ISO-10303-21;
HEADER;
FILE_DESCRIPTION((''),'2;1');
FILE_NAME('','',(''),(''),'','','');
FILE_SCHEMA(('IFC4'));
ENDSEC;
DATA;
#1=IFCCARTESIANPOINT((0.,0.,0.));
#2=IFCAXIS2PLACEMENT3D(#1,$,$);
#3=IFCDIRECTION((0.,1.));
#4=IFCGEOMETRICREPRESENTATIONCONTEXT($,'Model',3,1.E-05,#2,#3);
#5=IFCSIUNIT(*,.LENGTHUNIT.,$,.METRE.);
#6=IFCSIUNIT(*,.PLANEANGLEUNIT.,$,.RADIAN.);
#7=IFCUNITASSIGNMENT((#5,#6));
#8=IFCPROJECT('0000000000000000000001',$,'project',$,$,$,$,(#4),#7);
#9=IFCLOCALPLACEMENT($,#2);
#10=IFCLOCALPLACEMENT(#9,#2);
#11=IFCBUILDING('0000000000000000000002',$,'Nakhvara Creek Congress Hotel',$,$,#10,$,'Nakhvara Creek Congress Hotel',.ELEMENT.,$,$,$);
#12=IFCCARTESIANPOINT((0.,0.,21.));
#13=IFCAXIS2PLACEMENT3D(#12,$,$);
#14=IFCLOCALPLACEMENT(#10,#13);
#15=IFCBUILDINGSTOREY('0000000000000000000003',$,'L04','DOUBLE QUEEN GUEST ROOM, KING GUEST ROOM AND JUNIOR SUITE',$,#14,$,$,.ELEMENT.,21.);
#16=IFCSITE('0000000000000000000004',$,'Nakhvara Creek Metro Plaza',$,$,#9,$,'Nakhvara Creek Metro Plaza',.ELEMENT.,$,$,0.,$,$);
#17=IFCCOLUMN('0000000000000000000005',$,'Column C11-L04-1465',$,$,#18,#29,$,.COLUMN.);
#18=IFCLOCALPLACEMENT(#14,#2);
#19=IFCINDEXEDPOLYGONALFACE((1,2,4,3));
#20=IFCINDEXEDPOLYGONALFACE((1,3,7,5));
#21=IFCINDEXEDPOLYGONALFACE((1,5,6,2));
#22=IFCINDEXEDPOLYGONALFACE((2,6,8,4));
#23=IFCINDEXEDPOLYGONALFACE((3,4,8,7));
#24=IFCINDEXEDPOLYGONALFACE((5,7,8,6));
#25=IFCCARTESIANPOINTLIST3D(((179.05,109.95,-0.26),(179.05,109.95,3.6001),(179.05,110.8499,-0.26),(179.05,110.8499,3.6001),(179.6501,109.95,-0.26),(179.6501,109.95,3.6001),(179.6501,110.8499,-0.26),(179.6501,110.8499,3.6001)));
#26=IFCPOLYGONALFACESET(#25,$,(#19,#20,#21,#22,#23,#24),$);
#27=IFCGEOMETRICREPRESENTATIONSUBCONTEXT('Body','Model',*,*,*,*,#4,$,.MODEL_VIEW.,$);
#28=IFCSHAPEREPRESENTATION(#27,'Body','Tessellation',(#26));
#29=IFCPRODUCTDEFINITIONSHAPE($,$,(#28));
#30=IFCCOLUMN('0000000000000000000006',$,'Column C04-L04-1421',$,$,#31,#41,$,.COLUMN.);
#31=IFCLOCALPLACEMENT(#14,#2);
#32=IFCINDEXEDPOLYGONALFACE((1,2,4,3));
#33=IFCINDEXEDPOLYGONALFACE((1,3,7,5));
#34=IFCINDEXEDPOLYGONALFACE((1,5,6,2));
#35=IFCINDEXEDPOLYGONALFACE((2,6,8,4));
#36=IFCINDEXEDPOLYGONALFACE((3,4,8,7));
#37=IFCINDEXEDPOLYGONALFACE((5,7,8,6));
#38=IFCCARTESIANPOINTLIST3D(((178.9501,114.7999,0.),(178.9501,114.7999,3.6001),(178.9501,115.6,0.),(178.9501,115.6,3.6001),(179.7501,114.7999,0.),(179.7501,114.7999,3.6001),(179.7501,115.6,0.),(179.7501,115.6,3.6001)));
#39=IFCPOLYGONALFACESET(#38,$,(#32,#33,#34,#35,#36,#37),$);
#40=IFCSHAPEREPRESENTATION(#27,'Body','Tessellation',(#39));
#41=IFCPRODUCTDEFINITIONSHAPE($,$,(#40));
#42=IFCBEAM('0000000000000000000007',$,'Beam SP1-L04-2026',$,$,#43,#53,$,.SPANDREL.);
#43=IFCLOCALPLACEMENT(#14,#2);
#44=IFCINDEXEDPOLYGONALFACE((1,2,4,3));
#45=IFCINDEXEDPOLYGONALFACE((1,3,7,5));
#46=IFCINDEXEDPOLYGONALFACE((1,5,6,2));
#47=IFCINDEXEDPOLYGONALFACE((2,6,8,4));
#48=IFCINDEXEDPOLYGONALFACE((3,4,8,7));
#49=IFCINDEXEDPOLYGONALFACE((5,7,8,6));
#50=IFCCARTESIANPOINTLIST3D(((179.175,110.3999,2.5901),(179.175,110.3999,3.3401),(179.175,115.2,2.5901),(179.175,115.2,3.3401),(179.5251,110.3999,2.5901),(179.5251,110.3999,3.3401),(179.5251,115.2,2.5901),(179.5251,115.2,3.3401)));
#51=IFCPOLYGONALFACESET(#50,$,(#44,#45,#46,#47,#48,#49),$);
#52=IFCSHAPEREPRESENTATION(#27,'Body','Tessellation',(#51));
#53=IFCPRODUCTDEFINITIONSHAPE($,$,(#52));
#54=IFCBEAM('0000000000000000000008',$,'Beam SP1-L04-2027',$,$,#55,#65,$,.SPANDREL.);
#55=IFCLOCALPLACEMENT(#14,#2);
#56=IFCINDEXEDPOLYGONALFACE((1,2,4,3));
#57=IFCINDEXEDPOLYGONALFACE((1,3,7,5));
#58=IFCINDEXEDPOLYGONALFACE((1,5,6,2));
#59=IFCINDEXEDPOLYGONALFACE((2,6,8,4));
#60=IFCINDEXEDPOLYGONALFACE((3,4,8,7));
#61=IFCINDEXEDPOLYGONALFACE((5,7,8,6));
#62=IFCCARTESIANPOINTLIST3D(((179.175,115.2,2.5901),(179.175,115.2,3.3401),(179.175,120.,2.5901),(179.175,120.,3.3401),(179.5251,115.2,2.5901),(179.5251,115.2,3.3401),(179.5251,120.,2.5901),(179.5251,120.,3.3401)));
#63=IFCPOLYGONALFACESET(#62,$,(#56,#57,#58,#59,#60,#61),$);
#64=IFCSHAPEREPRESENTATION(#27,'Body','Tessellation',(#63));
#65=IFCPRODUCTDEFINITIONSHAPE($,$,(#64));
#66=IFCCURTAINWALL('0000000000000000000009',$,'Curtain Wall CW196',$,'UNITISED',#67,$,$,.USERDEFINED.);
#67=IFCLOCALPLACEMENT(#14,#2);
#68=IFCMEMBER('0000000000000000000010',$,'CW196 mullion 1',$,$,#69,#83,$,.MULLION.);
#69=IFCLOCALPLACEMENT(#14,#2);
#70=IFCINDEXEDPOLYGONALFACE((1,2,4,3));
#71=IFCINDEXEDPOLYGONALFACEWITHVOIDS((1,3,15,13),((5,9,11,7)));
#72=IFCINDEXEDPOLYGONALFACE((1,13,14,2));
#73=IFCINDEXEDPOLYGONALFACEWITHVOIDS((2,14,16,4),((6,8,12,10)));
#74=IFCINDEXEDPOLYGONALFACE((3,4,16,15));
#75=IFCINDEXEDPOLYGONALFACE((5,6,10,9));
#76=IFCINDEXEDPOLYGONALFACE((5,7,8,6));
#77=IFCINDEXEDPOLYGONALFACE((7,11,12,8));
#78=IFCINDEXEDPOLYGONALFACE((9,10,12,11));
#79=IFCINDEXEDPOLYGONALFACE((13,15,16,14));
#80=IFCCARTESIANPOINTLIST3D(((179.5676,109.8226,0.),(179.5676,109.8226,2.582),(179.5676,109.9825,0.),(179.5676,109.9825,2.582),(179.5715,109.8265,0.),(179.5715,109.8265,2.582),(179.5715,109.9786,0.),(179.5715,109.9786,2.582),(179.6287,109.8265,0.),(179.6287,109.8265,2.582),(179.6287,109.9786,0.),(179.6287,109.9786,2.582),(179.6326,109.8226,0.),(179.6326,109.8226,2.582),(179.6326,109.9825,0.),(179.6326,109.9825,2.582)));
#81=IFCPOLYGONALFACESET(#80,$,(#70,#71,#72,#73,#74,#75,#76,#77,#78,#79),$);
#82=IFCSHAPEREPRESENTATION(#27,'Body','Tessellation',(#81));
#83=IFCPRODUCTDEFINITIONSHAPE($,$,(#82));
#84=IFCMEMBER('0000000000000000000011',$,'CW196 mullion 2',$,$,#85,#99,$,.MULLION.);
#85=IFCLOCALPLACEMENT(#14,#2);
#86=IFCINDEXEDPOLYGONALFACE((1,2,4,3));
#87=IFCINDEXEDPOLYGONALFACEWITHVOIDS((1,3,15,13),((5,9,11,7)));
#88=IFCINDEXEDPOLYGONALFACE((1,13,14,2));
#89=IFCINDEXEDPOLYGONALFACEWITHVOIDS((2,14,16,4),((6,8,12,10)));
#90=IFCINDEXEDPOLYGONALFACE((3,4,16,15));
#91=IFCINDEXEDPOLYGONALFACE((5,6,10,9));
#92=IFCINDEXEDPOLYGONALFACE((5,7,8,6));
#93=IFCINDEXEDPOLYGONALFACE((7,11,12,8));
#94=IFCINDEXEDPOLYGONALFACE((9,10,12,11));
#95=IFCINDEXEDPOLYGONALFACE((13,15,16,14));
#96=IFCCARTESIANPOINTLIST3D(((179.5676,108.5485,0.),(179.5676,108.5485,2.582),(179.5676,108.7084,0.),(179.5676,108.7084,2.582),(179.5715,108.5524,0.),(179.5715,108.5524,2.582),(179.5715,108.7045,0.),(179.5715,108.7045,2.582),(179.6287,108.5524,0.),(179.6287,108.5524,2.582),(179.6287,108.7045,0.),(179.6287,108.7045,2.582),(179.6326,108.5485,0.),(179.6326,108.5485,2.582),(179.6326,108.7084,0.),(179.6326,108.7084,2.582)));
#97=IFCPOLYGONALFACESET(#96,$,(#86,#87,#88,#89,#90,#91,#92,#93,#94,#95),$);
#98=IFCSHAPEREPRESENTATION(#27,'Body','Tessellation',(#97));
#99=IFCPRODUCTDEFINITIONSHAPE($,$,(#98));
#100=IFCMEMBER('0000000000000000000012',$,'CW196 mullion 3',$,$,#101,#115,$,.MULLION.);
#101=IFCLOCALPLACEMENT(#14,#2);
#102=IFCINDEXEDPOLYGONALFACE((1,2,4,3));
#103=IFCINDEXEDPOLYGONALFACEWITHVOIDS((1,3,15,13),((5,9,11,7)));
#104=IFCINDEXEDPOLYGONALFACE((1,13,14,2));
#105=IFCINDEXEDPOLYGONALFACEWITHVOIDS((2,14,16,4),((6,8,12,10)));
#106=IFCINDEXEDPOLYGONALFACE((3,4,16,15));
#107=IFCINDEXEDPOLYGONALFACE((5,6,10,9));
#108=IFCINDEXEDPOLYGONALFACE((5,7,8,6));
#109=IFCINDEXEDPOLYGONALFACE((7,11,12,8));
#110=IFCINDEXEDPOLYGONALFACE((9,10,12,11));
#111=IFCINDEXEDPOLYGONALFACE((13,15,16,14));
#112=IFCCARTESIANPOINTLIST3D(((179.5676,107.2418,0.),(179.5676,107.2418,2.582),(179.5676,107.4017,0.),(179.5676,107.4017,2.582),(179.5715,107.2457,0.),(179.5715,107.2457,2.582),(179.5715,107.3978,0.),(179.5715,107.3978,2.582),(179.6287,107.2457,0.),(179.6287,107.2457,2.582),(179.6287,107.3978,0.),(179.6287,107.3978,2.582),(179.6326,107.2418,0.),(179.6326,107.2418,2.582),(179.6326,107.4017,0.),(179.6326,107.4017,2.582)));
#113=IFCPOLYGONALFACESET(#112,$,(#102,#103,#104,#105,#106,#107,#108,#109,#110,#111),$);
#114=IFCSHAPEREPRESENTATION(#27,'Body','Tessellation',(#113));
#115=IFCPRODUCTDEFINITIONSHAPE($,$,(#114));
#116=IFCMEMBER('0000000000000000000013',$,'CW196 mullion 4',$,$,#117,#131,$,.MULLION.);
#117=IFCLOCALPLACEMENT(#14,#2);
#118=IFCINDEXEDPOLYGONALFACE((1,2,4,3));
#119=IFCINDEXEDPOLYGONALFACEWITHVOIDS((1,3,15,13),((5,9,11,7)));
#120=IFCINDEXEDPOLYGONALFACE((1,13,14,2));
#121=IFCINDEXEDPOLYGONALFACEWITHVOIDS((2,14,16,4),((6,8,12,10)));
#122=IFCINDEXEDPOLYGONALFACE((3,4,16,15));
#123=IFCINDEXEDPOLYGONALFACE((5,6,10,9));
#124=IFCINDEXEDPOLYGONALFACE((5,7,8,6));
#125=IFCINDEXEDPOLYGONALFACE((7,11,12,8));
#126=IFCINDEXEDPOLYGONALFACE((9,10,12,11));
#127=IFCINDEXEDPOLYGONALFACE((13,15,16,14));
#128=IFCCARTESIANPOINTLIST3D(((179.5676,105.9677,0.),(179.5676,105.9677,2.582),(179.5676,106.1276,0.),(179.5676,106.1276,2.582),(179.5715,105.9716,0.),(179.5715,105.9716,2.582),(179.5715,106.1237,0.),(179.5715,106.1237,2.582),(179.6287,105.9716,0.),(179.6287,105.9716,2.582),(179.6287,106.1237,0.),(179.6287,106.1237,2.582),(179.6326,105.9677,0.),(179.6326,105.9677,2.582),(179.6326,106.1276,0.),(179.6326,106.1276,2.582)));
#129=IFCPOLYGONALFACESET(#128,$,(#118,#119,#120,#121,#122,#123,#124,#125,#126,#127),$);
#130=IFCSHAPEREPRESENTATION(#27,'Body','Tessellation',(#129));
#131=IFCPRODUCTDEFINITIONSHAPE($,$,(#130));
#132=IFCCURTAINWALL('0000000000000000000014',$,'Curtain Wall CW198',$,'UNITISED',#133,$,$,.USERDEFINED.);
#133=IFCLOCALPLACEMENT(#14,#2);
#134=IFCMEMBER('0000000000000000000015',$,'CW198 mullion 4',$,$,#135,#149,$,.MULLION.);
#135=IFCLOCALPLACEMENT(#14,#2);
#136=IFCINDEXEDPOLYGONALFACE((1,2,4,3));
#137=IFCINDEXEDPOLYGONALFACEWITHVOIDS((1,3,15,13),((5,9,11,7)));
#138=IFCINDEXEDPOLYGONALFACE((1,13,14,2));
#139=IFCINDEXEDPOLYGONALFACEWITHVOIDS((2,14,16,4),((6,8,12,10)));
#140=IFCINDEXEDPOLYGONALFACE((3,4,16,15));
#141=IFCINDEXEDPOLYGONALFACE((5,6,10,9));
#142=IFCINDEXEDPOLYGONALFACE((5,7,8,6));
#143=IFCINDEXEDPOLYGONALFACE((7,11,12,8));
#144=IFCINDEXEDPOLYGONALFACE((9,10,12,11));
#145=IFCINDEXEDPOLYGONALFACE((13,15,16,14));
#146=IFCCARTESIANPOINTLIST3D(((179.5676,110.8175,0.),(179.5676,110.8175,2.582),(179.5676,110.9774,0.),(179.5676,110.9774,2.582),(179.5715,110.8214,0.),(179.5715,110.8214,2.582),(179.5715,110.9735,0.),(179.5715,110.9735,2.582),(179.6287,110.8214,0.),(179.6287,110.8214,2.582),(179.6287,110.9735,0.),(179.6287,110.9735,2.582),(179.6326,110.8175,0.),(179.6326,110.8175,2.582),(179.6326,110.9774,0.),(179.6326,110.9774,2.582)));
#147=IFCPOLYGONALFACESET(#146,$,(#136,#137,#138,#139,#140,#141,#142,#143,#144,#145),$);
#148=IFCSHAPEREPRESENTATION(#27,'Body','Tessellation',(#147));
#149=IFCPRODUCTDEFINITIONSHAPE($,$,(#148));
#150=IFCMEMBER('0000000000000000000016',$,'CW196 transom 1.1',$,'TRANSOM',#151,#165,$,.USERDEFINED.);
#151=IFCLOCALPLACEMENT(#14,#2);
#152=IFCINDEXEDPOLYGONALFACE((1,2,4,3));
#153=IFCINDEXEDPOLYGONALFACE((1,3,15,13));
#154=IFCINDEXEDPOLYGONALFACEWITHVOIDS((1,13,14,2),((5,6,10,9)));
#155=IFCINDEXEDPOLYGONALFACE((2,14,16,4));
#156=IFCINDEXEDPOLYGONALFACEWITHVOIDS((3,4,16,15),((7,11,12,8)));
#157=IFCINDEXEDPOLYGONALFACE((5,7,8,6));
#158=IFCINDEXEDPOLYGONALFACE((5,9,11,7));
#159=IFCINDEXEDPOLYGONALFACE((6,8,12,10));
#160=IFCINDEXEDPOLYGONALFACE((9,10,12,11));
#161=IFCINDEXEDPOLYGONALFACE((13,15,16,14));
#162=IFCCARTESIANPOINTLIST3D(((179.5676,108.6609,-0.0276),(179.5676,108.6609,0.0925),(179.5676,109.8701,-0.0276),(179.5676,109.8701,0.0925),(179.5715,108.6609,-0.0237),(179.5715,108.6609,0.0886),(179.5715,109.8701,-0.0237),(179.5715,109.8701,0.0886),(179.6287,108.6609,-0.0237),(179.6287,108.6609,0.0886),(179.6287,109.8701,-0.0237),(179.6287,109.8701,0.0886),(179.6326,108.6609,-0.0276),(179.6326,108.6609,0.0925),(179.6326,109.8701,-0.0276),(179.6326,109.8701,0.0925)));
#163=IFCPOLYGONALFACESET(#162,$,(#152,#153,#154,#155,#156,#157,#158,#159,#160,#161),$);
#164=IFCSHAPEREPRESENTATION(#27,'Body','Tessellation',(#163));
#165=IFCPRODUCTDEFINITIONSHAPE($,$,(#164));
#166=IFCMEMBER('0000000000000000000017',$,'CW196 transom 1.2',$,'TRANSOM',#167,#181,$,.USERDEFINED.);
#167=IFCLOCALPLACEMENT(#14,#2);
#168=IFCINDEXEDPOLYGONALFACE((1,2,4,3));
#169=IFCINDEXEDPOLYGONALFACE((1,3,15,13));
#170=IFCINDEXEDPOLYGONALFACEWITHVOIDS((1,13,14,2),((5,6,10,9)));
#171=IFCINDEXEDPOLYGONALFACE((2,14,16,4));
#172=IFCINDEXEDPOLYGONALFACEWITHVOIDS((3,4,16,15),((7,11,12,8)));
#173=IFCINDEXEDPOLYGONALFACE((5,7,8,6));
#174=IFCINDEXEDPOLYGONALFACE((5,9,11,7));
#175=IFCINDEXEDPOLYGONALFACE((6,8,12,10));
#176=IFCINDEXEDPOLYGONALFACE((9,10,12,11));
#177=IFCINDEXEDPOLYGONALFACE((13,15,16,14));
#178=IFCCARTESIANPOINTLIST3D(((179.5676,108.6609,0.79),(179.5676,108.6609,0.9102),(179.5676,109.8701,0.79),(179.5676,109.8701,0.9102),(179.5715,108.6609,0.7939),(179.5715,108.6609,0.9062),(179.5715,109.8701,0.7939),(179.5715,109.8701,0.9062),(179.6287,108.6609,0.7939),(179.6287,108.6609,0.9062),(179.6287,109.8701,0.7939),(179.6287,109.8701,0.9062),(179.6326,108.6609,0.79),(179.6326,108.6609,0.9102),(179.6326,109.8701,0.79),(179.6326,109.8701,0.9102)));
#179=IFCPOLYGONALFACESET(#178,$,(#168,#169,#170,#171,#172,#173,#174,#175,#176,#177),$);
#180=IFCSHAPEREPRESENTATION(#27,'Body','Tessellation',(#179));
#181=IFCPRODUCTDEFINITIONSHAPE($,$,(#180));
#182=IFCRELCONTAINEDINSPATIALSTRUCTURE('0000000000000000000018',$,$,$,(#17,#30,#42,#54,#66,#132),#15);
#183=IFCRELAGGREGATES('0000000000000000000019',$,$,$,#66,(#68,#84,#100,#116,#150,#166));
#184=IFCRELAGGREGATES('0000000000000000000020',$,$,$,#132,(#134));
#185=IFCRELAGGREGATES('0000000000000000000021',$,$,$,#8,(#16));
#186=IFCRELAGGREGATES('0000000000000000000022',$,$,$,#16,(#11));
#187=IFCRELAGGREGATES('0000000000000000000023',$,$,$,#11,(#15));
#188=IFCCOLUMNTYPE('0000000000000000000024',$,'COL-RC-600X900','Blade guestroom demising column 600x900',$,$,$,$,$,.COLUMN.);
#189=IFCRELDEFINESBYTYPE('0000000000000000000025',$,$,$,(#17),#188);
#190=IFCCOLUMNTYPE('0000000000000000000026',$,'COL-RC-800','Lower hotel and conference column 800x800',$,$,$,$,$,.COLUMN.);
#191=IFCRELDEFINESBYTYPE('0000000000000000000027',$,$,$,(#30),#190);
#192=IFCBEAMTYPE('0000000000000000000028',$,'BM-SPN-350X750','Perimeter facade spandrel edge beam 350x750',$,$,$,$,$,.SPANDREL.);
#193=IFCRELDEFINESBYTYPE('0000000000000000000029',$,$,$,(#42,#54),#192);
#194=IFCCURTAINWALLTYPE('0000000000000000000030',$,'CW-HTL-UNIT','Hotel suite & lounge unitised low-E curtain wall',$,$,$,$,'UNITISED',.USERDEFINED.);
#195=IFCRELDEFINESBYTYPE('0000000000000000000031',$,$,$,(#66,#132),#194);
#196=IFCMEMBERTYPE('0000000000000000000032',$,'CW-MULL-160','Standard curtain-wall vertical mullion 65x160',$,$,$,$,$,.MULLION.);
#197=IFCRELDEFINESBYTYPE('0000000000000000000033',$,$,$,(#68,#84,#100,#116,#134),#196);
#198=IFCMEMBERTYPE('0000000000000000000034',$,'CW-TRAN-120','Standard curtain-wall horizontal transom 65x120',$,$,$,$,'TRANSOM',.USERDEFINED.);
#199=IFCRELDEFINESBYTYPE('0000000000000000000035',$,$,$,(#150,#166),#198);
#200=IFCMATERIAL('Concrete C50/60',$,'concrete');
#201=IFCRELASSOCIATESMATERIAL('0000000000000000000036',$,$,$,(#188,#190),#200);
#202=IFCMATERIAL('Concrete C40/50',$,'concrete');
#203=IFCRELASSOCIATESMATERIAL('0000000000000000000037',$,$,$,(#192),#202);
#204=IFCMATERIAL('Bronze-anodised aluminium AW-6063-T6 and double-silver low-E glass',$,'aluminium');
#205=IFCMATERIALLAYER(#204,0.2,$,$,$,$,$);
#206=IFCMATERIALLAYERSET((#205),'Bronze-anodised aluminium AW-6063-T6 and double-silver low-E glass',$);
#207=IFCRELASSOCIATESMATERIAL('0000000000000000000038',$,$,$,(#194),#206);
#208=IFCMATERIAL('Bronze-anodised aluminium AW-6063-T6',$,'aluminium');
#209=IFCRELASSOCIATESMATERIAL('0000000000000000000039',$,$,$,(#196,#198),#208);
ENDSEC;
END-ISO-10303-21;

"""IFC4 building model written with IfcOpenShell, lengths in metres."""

from ifc_helpers import new_model, si_unit, direction, frame, origin, origin_2d, place, context, subcontext, project, spatial, rectangle, hollow_rectangle, extrude, material, layer, layer_set, material_profile, profile_set, type_object, element, aggregate, save


model = new_model("IFC4")

# Units and contexts
model_context = context("Model", 3, precision=1e-05, world=origin(), true_north=direction((0.0, 1.0)))
body_context = subcontext(model_context, "Body", "Model", "MODEL_VIEW")
ifc_project = project(units=[si_unit("LENGTHUNIT", "METRE"), si_unit("PLANEANGLEUNIT", "RADIAN")], contexts=[model_context])

# Site, building, storey
site_placement = place(None, origin())
site = spatial("IfcSite", under=ifc_project, at=site_placement, Name="Nakhvara Creek Metro Plaza", LongName="Nakhvara Creek Metro Plaza", CompositionType="ELEMENT", RefElevation=0.0)
building_placement = place(site_placement, origin())
building = spatial("IfcBuilding", under=site, at=building_placement, Name="Nakhvara Creek Congress Hotel", LongName="Nakhvara Creek Congress Hotel", CompositionType="ELEMENT")
storey_placement = place(building_placement, frame((0.0, 0.0, 21.0)))
storey = spatial("IfcBuildingStorey", under=building, at=storey_placement, Name="L04", Description="DOUBLE QUEEN GUEST ROOM, KING GUEST ROOM AND JUNIOR SUITE", CompositionType="ELEMENT", Elevation=21.0)

# Columns
ifc_material_1 = material(Name="Concrete C50/60", Category="concrete")
ifc_material_profile_1 = material_profile(ifc_material_1, rectangle(XDim=0.6001, YDim=0.8999, at=origin_2d()), Name="RC-COL 600x900", Category="LoadBearing")
ifc_profile_set_1 = profile_set([ifc_material_profile_1], Name="Concrete C50/60")
column_type_1 = type_object("IfcColumnType", Name="COL-RC-600X900", Description="Blade guestroom demising column 600x900", PredefinedType="COLUMN", material=ifc_profile_set_1)
column_1_placement = place(storey_placement, frame((179.3501, 110.3999, -0.26), z_axis=(0.0, 0.0, 1.0), x_axis=(1.0, 0.0, 0.0)))
element("IfcColumn", 1, at=column_1_placement, inside=storey, type_object=column_type_1, Name="Column C11-L04-1465", PredefinedType="COLUMN", context=body_context, shape_type="SweptSolid", body=[
    extrude(rectangle(XDim=0.6001, YDim=0.8999, at=origin_2d()), origin(), (0.0, 0.0, 1.0), 3.8601),
])
ifc_material_profile_2 = material_profile(ifc_material_1, rectangle(XDim=0.8, YDim=0.8, at=origin_2d()), Name="RC-COL 800x800", Category="LoadBearing")
ifc_profile_set_2 = profile_set([ifc_material_profile_2], Name="Concrete C50/60")
column_type_2 = type_object("IfcColumnType", Name="COL-RC-800", Description="Lower hotel and conference column 800x800", PredefinedType="COLUMN", material=ifc_profile_set_2)
column_2_placement = place(storey_placement, frame((179.3501, 115.2, 0.0), z_axis=(0.0, 0.0, 1.0), x_axis=(1.0, 0.0, 0.0)))
element("IfcColumn", 2, at=column_2_placement, inside=storey, type_object=column_type_2, Name="Column C04-L04-1421", PredefinedType="COLUMN", context=body_context, shape_type="SweptSolid", body=[
    extrude(rectangle(XDim=0.8, YDim=0.8, at=origin_2d()), origin(), (0.0, 0.0, 1.0), 3.6001),
])

# Beams
ifc_material_2 = material(Name="Concrete C40/50", Category="concrete")
ifc_material_profile_3 = material_profile(ifc_material_2, rectangle(XDim=0.3501, YDim=0.75, at=origin_2d()), Name="RC-SPANDREL 350x750", Category="LoadBearing")
ifc_profile_set_3 = profile_set([ifc_material_profile_3], Name="Concrete C40/50")
beam_type = type_object("IfcBeamType", Name="BM-SPN-350X750", Description="Perimeter facade spandrel edge beam 350x750", PredefinedType="SPANDREL", material=ifc_profile_set_3)
for number, where, z_axis, x_axis, name in (
    (3, (179.3501, 110.3999, 2.9651), (0.0, 1.0, 0.0), (-1.0, 0.0, 0.0), "Beam SP1-L04-2026"),
    (4, (179.3501, 115.2, 2.9651), (0.0, 1.0, 0.0), (-1.0, 0.0, 0.0), "Beam SP1-L04-2027"),
):
    element("IfcBeam", number, at=place(storey_placement, frame(where, z_axis=z_axis, x_axis=x_axis)), inside=storey, type_object=beam_type, Name=name, PredefinedType="SPANDREL", context=body_context, shape_type="SweptSolid", body=[
        extrude(rectangle(XDim=0.3501, YDim=0.75, at=origin_2d()), origin(), (0.0, 0.0, 1.0), 4.8),
    ])

# Curtain wall, members
ifc_material_3 = material(Name="Bronze-anodised aluminium AW-6063-T6 and double-silver low-E glass", Category="aluminium")
ifc_layer_1 = layer(ifc_material_3, 0.2)
ifc_layer_set_1 = layer_set([ifc_layer_1], Name="Bronze-anodised aluminium AW-6063-T6 and double-silver low-E glass")
curtain_wall_type = type_object("IfcCurtainWallType", Name="CW-HTL-UNIT", Description="Hotel suite & lounge unitised low-E curtain wall", ElementType="UNITISED", PredefinedType="USERDEFINED", material=ifc_layer_set_1)
curtain_wall_1_placement = place(storey_placement, origin())
curtain_wall_1 = element("IfcCurtainWall", 5, at=curtain_wall_1_placement, inside=storey, type_object=curtain_wall_type, Name="Curtain Wall CW196", ObjectType="UNITISED", PredefinedType="USERDEFINED")
ifc_material_4 = material(Name="Bronze-anodised aluminium AW-6063-T6", Category="aluminium")
ifc_material_profile_4 = material_profile(ifc_material_4, hollow_rectangle(XDim=0.0649, YDim=0.1599, WallThickness=0.0039, at=origin_2d()), Name="ALU-MULL 65x160x4", Category="LoadBearing")
ifc_profile_set_4 = profile_set([ifc_material_profile_4], Name="Bronze-anodised aluminium AW-6063-T6")
member_type_1 = type_object("IfcMemberType", Name="CW-MULL-160", Description="Standard curtain-wall vertical mullion 65x160", PredefinedType="MULLION", material=ifc_profile_set_4)
member_1_placement = place(storey_placement, frame((179.6001, 109.9026, 0.0), z_axis=(0.0, 0.0, 1.0), x_axis=(1.0, 0.0, 0.0)))
member_1 = element("IfcMember", 6, at=member_1_placement, type_object=member_type_1, Name="CW196 mullion 1", PredefinedType="MULLION", context=body_context, shape_type="SweptSolid", body=[
    extrude(hollow_rectangle(XDim=0.0649, YDim=0.1599, WallThickness=0.0039, at=origin_2d()), origin(), (0.0, 0.0, 1.0), 2.582),
])
member_2_placement = place(storey_placement, frame((179.6001, 108.6284, 0.0), z_axis=(0.0, 0.0, 1.0), x_axis=(1.0, 0.0, 0.0)))
member_2 = element("IfcMember", 7, at=member_2_placement, type_object=member_type_1, Name="CW196 mullion 2", PredefinedType="MULLION", context=body_context, shape_type="SweptSolid", body=[
    extrude(hollow_rectangle(XDim=0.0649, YDim=0.1599, WallThickness=0.0039, at=origin_2d()), origin(), (0.0, 0.0, 1.0), 2.582),
])
member_3_placement = place(storey_placement, frame((179.6001, 107.3218, 0.0), z_axis=(0.0, 0.0, 1.0), x_axis=(1.0, 0.0, 0.0)))
member_3 = element("IfcMember", 8, at=member_3_placement, type_object=member_type_1, Name="CW196 mullion 3", PredefinedType="MULLION", context=body_context, shape_type="SweptSolid", body=[
    extrude(hollow_rectangle(XDim=0.0649, YDim=0.1599, WallThickness=0.0039, at=origin_2d()), origin(), (0.0, 0.0, 1.0), 2.582),
])
member_4_placement = place(storey_placement, frame((179.6001, 106.0476, 0.0), z_axis=(0.0, 0.0, 1.0), x_axis=(1.0, 0.0, 0.0)))
member_4 = element("IfcMember", 9, at=member_4_placement, type_object=member_type_1, Name="CW196 mullion 4", PredefinedType="MULLION", context=body_context, shape_type="SweptSolid", body=[
    extrude(hollow_rectangle(XDim=0.0649, YDim=0.1599, WallThickness=0.0039, at=origin_2d()), origin(), (0.0, 0.0, 1.0), 2.582),
])

# Curtain wall, member
curtain_wall_2_placement = place(storey_placement, origin())
curtain_wall_2 = element("IfcCurtainWall", 10, at=curtain_wall_2_placement, inside=storey, type_object=curtain_wall_type, Name="Curtain Wall CW198", ObjectType="UNITISED", PredefinedType="USERDEFINED")
member_5_placement = place(storey_placement, frame((179.6001, 110.8975, 0.0), z_axis=(0.0, 0.0, 1.0), x_axis=(1.0, 0.0, 0.0)))
member_5 = element("IfcMember", 11, at=member_5_placement, type_object=member_type_1, Name="CW198 mullion 4", PredefinedType="MULLION", context=body_context, shape_type="SweptSolid", body=[
    extrude(hollow_rectangle(XDim=0.0649, YDim=0.1599, WallThickness=0.0039, at=origin_2d()), origin(), (0.0, 0.0, 1.0), 2.582),
])

# Members
ifc_material_profile_5 = material_profile(ifc_material_4, hollow_rectangle(XDim=0.0649, YDim=0.1201, WallThickness=0.0039, at=origin_2d()), Name="ALU-TRAN 65x120x4", Category="LoadBearing")
ifc_profile_set_5 = profile_set([ifc_material_profile_5], Name="Bronze-anodised aluminium AW-6063-T6")
member_type_2 = type_object("IfcMemberType", Name="CW-TRAN-120", Description="Standard curtain-wall horizontal transom 65x120", ElementType="TRANSOM", PredefinedType="USERDEFINED", material=ifc_profile_set_5)
member_6_placement = place(storey_placement, frame((179.6001, 109.8701, 0.0325), z_axis=(0.0, -1.0, 0.0), x_axis=(1.0, 0.0, 0.0)))
member_6 = element("IfcMember", 12, at=member_6_placement, type_object=member_type_2, Name="CW196 transom 1.1", ObjectType="TRANSOM", PredefinedType="USERDEFINED", context=body_context, shape_type="SweptSolid", body=[
    extrude(hollow_rectangle(XDim=0.0649, YDim=0.1201, WallThickness=0.0039, at=origin_2d()), origin(), (0.0, 0.0, 1.0), 1.2092),
])
member_7_placement = place(storey_placement, frame((179.6001, 109.8701, 0.8501), z_axis=(0.0, -1.0, 0.0), x_axis=(1.0, 0.0, 0.0)))
member_7 = element("IfcMember", 13, at=member_7_placement, type_object=member_type_2, Name="CW196 transom 1.2", ObjectType="TRANSOM", PredefinedType="USERDEFINED", context=body_context, shape_type="SweptSolid", body=[
    extrude(hollow_rectangle(XDim=0.0649, YDim=0.1201, WallThickness=0.0039, at=origin_2d()), origin(), (0.0, 0.0, 1.0), 1.2092),
])

aggregate(curtain_wall_1, [member_1, member_2, member_3, member_4, member_6, member_7])
aggregate(curtain_wall_2, [member_5])

save(model, "model.ifc")
